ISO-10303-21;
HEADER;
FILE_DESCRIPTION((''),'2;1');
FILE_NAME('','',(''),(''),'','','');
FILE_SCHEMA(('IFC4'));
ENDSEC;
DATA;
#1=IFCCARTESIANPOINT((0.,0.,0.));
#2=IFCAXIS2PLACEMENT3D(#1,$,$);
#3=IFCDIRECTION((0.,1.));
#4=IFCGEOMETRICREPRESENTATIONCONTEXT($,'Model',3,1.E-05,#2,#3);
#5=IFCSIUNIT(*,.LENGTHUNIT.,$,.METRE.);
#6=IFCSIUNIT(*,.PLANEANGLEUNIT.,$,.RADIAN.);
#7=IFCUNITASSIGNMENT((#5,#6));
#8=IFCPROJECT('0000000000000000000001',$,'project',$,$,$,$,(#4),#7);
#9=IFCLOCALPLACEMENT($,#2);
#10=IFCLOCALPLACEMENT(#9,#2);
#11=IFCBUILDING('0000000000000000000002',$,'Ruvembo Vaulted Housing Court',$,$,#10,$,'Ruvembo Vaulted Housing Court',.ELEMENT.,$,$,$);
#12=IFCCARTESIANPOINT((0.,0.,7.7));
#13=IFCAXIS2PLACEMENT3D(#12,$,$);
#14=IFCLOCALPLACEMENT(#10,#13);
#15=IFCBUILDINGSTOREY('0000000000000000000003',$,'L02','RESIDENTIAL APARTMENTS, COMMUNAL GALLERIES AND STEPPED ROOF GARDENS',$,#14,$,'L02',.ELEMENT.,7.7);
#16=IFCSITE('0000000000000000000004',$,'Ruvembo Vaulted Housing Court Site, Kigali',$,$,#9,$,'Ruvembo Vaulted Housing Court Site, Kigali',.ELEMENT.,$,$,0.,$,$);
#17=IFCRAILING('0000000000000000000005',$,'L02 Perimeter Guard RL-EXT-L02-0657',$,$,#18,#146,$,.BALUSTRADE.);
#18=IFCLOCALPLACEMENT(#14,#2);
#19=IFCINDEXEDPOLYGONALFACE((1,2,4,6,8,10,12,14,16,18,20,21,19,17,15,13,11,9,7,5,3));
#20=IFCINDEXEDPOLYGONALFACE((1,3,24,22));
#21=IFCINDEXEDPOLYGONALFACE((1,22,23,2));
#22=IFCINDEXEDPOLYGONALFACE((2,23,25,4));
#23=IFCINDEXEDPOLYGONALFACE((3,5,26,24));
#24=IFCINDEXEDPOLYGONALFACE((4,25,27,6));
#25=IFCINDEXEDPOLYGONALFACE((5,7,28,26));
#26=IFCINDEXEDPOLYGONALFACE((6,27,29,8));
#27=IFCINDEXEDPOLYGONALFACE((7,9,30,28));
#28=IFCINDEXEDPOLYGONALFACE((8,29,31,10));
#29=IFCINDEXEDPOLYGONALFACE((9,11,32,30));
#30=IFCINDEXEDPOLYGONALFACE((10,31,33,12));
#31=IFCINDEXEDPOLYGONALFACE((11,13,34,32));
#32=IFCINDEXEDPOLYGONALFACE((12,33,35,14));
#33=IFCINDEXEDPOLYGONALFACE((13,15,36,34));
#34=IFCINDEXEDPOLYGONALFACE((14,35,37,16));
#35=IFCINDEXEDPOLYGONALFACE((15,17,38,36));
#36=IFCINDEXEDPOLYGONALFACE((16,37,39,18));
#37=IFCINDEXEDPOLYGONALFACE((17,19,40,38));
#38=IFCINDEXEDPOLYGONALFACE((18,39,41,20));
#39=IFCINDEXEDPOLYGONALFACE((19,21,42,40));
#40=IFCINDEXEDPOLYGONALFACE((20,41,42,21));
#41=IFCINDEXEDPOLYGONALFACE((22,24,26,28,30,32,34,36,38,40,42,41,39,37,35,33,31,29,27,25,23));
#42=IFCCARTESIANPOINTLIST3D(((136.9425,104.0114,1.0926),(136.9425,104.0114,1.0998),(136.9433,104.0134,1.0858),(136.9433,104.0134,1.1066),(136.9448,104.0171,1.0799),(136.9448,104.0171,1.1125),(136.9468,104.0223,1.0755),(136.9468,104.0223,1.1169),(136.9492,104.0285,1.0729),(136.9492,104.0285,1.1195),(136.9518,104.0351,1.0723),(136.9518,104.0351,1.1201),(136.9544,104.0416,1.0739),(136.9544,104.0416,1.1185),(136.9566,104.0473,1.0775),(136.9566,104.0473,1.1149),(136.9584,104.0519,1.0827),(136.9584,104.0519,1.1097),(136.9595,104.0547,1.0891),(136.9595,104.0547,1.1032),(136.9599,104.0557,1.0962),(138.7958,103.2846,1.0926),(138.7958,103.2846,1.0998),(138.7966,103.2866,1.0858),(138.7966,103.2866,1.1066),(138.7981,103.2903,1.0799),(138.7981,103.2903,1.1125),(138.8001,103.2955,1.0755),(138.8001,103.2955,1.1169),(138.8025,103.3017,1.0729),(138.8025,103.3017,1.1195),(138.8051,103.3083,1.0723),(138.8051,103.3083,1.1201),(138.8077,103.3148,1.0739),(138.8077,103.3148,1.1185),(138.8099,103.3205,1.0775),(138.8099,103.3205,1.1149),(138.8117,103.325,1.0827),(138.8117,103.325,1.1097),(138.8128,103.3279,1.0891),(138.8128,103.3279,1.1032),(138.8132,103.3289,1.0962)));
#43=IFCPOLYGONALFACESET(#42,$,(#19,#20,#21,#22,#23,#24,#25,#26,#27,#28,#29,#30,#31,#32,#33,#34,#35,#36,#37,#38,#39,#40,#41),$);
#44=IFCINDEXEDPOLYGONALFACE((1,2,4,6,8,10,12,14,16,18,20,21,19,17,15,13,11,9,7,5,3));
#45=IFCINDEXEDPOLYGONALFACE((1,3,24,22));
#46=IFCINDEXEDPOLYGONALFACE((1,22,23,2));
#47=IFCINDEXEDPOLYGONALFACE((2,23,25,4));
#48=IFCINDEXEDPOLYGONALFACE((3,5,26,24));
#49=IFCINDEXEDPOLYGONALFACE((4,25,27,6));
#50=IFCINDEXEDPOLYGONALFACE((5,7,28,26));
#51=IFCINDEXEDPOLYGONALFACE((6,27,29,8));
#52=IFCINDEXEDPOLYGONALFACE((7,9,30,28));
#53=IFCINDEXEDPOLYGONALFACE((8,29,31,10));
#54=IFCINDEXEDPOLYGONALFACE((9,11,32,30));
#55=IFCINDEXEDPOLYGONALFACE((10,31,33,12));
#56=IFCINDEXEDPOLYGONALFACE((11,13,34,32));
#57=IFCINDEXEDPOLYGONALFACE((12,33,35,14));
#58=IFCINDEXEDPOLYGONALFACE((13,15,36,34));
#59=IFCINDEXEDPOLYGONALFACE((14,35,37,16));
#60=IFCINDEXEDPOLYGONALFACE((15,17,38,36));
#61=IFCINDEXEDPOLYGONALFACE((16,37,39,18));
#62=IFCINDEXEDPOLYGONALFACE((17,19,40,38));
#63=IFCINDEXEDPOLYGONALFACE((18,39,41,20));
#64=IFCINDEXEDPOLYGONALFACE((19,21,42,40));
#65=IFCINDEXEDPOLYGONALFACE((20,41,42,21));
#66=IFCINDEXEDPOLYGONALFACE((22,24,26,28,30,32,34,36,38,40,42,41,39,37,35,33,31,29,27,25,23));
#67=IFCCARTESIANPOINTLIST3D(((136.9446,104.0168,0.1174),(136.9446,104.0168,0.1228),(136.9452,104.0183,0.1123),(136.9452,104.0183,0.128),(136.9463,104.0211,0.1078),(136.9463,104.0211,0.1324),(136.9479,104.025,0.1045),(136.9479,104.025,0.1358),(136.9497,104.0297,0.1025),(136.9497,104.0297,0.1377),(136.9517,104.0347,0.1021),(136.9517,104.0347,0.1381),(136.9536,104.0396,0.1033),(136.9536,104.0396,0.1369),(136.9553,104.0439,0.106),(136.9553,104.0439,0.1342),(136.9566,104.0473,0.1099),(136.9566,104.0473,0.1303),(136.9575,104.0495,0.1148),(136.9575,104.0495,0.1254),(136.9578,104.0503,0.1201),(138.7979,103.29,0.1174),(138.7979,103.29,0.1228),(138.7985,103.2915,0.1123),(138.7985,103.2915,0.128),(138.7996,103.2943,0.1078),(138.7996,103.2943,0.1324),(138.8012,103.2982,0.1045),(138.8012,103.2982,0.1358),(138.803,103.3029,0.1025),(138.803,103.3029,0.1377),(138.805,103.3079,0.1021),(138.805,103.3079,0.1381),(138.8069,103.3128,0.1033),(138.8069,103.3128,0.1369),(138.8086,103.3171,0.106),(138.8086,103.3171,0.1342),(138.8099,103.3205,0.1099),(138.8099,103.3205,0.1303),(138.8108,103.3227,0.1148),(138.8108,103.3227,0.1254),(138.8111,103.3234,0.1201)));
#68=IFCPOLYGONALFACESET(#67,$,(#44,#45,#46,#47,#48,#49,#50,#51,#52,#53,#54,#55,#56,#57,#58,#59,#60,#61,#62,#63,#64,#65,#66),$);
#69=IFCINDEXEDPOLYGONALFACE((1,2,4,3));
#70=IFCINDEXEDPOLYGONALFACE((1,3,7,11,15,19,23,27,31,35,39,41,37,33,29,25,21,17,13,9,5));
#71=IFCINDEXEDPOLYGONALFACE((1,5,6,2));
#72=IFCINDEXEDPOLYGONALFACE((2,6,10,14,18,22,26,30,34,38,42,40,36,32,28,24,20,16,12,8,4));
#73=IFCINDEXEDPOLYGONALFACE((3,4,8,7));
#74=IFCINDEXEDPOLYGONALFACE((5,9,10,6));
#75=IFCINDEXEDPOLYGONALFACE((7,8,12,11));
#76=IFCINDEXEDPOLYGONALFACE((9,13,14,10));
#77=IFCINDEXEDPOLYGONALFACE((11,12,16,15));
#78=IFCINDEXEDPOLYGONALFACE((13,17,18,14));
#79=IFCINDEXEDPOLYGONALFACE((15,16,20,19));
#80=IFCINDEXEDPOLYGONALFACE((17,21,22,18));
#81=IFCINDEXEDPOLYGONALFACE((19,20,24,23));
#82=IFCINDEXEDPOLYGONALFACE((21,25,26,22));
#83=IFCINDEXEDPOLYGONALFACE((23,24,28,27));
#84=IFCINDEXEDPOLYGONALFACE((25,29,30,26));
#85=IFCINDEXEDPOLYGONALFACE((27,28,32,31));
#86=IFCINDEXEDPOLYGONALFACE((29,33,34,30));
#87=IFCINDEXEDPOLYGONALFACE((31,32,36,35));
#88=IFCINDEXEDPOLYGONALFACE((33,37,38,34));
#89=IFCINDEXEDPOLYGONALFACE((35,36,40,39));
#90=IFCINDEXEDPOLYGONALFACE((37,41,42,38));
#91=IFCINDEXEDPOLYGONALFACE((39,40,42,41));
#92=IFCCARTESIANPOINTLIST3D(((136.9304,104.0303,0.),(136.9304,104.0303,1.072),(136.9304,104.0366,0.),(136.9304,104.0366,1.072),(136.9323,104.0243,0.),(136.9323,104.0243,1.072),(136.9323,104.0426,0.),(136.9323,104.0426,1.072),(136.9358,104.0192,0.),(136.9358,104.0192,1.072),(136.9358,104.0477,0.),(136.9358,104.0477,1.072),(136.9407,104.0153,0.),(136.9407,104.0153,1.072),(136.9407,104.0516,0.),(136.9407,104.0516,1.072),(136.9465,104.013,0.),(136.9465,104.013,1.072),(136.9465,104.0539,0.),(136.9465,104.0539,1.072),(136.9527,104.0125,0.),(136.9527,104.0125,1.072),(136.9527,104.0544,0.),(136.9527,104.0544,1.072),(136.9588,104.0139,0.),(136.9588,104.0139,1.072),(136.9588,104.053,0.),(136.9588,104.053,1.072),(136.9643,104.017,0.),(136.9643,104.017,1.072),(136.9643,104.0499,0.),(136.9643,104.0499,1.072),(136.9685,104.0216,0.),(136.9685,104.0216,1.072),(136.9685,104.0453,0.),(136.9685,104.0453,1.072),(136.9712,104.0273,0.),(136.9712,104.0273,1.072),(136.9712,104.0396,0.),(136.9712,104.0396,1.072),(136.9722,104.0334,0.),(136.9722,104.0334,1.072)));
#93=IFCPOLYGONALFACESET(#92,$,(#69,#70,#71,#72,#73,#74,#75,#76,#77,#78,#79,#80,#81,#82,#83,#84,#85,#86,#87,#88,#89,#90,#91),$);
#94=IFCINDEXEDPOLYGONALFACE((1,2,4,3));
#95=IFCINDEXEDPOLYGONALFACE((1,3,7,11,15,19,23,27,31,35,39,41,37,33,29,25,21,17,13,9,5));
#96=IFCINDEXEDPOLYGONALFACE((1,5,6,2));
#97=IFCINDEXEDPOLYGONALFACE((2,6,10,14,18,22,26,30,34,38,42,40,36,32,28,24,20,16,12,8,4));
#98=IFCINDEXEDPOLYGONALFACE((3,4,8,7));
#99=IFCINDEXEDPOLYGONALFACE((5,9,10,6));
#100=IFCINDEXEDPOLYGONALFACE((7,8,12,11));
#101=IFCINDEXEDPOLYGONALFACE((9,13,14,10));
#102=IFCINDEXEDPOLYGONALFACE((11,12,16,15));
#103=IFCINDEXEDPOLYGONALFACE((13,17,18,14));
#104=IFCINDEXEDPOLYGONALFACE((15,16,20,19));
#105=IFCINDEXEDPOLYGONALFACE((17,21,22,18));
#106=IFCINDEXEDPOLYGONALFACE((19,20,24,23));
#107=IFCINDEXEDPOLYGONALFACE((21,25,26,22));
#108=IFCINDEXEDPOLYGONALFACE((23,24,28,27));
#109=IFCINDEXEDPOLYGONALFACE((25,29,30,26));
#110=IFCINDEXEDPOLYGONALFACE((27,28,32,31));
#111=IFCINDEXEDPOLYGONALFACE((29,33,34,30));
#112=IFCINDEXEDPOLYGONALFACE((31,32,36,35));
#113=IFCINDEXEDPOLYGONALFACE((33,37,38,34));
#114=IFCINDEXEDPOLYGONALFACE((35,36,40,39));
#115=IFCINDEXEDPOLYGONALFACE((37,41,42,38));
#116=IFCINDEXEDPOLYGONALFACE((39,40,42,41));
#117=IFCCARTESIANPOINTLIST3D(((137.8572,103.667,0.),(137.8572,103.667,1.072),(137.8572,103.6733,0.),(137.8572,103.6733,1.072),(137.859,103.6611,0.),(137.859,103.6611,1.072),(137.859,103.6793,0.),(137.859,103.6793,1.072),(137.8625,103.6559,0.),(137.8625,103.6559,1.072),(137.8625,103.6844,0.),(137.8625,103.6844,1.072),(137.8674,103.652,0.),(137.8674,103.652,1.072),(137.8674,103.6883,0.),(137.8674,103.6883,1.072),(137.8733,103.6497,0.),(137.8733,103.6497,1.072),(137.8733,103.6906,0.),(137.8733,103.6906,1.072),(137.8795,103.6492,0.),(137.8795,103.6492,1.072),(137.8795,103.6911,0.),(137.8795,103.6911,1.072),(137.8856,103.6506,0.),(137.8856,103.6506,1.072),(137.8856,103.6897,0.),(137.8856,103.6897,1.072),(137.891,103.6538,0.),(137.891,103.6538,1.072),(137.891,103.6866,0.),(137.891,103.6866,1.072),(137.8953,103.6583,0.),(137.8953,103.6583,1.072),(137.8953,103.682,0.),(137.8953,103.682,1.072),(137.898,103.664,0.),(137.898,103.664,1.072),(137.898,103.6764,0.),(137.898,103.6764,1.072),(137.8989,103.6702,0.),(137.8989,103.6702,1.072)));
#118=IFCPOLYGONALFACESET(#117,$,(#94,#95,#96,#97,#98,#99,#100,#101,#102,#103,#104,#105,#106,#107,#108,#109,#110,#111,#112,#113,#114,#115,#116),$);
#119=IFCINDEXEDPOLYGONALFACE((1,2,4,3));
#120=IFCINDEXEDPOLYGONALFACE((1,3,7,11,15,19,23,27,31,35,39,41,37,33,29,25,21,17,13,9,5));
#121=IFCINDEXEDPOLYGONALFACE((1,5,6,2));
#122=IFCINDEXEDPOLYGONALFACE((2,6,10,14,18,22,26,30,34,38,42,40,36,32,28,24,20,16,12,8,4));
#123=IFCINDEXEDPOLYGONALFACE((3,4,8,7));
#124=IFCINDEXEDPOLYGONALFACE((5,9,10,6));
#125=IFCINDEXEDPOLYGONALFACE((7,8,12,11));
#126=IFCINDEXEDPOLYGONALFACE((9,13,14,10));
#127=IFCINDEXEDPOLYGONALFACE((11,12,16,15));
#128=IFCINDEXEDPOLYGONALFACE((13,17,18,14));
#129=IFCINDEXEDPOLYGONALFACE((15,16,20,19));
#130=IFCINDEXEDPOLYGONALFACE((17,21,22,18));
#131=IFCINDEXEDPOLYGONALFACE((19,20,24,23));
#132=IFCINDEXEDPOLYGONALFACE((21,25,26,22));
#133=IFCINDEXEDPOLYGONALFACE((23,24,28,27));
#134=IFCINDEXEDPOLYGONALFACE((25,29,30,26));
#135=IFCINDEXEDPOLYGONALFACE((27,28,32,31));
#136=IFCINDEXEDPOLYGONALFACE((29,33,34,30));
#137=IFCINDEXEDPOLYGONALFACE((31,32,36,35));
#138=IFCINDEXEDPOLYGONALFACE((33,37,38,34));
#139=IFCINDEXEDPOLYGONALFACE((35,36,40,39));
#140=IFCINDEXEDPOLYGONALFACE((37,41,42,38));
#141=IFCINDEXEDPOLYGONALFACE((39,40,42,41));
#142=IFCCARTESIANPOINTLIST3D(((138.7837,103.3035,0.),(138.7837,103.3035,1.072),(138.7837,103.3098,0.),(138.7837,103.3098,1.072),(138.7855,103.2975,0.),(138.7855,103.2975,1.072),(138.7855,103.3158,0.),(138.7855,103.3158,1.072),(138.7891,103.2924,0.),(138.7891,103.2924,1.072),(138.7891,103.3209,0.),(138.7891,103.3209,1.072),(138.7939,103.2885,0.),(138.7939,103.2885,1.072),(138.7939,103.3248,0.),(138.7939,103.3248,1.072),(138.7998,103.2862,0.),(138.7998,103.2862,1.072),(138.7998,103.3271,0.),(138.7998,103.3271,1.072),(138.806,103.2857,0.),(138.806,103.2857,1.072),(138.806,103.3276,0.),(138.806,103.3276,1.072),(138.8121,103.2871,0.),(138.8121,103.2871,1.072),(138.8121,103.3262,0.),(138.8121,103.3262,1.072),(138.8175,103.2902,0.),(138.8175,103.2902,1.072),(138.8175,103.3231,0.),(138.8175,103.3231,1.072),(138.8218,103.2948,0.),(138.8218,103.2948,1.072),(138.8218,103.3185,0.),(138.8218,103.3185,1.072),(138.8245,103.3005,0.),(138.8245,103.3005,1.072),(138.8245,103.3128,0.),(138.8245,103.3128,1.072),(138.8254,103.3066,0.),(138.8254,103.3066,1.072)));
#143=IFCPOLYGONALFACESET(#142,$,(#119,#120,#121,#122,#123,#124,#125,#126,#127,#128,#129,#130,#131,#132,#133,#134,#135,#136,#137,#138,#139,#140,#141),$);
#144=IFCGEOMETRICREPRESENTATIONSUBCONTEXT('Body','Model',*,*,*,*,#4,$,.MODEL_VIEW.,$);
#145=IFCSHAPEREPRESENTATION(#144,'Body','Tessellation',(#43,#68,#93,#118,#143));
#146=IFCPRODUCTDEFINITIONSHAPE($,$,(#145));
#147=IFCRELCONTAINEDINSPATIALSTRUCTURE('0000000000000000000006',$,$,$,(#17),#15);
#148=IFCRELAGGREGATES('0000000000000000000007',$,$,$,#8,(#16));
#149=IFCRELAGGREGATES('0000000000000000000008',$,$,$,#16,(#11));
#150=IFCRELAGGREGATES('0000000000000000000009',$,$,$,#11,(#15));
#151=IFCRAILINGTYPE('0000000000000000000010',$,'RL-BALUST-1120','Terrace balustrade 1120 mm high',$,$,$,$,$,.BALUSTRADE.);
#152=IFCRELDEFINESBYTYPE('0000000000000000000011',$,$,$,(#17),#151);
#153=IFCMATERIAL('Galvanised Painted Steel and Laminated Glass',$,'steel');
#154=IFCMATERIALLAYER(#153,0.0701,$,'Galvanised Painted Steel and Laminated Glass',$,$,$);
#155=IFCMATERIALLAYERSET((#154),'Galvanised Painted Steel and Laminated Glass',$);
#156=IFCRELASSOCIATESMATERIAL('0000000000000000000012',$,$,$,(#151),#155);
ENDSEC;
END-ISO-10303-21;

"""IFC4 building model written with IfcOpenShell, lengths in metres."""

from ifc_helpers import new_model, si_unit, direction, frame, origin, origin_2d, place, context, subcontext, project, spatial, circle, extrude, material, layer, layer_set, type_object, element, save


model = new_model("IFC4")

# Units and contexts
model_context = context("Model", 3, precision=1e-05, world=origin(), true_north=direction((0.0, 1.0)))
body_context = subcontext(model_context, "Body", "Model", "MODEL_VIEW")
ifc_project = project(units=[si_unit("LENGTHUNIT", "METRE"), si_unit("PLANEANGLEUNIT", "RADIAN")], contexts=[model_context])

# Site, building, storey
site_placement = place(None, origin())
site = spatial("IfcSite", under=ifc_project, at=site_placement, Name="Ruvembo Vaulted Housing Court Site, Kigali", LongName="Ruvembo Vaulted Housing Court Site, Kigali", CompositionType="ELEMENT", RefElevation=0.0)
building_placement = place(site_placement, origin())
building = spatial("IfcBuilding", under=site, at=building_placement, Name="Ruvembo Vaulted Housing Court", LongName="Ruvembo Vaulted Housing Court", CompositionType="ELEMENT")
storey_placement = place(building_placement, frame((0.0, 0.0, 7.7)))
storey = spatial("IfcBuildingStorey", under=building, at=storey_placement, Name="L02", Description="RESIDENTIAL APARTMENTS, COMMUNAL GALLERIES AND STEPPED ROOF GARDENS", LongName="L02", CompositionType="ELEMENT", Elevation=7.7)

# Railing
ifc_material_1 = material(Name="Galvanised Painted Steel and Laminated Glass", Category="steel")
ifc_layer_1 = layer(ifc_material_1, 0.0701, Name="Galvanised Painted Steel and Laminated Glass")
ifc_layer_set_1 = layer_set([ifc_layer_1], Name="Galvanised Painted Steel and Laminated Glass")
railing_type = type_object("IfcRailingType", Name="RL-BALUST-1120", Description="Terrace balustrade 1120 mm high", PredefinedType="BALUSTRADE", material=ifc_layer_set_1)
railing_1_placement = place(storey_placement, frame((136.9512, 104.0334, 0.0)))
element("IfcRailing", 1, at=railing_1_placement, inside=storey, type_object=railing_type, Name="L02 Perimeter Guard RL-EXT-L02-0657", PredefinedType="BALUSTRADE", context=body_context, shape_type="SweptSolid", body=[
    extrude(circle(Radius=0.0239, at=origin_2d()), frame((0.0, 0.0, 1.0962), z_axis=(0.930967, -0.365102, 0.0), x_axis=(0.365102, 0.930967, 0.0)), (0.0, 0.0, 1.0), 1.9907),
    extrude(circle(Radius=0.0181, at=origin_2d()), frame((0.0, 0.0, 0.1201), z_axis=(0.930967, -0.365102, 0.0), x_axis=(0.365102, 0.930967, 0.0)), (0.0, 0.0, 1.0), 1.9907),
    extrude(circle(Radius=0.021, at=origin_2d()), origin(), (0.0, 0.0, 1.0), 1.072),
    extrude(circle(Radius=0.021, at=origin_2d()), frame((0.9268, -0.3633, 0.0)), (0.0, 0.0, 1.0), 1.072),
    extrude(circle(Radius=0.021, at=origin_2d()), frame((1.8533, -0.7268, 0.0)), (0.0, 0.0, 1.0), 1.072),
])

save(model, "model.ifc")
